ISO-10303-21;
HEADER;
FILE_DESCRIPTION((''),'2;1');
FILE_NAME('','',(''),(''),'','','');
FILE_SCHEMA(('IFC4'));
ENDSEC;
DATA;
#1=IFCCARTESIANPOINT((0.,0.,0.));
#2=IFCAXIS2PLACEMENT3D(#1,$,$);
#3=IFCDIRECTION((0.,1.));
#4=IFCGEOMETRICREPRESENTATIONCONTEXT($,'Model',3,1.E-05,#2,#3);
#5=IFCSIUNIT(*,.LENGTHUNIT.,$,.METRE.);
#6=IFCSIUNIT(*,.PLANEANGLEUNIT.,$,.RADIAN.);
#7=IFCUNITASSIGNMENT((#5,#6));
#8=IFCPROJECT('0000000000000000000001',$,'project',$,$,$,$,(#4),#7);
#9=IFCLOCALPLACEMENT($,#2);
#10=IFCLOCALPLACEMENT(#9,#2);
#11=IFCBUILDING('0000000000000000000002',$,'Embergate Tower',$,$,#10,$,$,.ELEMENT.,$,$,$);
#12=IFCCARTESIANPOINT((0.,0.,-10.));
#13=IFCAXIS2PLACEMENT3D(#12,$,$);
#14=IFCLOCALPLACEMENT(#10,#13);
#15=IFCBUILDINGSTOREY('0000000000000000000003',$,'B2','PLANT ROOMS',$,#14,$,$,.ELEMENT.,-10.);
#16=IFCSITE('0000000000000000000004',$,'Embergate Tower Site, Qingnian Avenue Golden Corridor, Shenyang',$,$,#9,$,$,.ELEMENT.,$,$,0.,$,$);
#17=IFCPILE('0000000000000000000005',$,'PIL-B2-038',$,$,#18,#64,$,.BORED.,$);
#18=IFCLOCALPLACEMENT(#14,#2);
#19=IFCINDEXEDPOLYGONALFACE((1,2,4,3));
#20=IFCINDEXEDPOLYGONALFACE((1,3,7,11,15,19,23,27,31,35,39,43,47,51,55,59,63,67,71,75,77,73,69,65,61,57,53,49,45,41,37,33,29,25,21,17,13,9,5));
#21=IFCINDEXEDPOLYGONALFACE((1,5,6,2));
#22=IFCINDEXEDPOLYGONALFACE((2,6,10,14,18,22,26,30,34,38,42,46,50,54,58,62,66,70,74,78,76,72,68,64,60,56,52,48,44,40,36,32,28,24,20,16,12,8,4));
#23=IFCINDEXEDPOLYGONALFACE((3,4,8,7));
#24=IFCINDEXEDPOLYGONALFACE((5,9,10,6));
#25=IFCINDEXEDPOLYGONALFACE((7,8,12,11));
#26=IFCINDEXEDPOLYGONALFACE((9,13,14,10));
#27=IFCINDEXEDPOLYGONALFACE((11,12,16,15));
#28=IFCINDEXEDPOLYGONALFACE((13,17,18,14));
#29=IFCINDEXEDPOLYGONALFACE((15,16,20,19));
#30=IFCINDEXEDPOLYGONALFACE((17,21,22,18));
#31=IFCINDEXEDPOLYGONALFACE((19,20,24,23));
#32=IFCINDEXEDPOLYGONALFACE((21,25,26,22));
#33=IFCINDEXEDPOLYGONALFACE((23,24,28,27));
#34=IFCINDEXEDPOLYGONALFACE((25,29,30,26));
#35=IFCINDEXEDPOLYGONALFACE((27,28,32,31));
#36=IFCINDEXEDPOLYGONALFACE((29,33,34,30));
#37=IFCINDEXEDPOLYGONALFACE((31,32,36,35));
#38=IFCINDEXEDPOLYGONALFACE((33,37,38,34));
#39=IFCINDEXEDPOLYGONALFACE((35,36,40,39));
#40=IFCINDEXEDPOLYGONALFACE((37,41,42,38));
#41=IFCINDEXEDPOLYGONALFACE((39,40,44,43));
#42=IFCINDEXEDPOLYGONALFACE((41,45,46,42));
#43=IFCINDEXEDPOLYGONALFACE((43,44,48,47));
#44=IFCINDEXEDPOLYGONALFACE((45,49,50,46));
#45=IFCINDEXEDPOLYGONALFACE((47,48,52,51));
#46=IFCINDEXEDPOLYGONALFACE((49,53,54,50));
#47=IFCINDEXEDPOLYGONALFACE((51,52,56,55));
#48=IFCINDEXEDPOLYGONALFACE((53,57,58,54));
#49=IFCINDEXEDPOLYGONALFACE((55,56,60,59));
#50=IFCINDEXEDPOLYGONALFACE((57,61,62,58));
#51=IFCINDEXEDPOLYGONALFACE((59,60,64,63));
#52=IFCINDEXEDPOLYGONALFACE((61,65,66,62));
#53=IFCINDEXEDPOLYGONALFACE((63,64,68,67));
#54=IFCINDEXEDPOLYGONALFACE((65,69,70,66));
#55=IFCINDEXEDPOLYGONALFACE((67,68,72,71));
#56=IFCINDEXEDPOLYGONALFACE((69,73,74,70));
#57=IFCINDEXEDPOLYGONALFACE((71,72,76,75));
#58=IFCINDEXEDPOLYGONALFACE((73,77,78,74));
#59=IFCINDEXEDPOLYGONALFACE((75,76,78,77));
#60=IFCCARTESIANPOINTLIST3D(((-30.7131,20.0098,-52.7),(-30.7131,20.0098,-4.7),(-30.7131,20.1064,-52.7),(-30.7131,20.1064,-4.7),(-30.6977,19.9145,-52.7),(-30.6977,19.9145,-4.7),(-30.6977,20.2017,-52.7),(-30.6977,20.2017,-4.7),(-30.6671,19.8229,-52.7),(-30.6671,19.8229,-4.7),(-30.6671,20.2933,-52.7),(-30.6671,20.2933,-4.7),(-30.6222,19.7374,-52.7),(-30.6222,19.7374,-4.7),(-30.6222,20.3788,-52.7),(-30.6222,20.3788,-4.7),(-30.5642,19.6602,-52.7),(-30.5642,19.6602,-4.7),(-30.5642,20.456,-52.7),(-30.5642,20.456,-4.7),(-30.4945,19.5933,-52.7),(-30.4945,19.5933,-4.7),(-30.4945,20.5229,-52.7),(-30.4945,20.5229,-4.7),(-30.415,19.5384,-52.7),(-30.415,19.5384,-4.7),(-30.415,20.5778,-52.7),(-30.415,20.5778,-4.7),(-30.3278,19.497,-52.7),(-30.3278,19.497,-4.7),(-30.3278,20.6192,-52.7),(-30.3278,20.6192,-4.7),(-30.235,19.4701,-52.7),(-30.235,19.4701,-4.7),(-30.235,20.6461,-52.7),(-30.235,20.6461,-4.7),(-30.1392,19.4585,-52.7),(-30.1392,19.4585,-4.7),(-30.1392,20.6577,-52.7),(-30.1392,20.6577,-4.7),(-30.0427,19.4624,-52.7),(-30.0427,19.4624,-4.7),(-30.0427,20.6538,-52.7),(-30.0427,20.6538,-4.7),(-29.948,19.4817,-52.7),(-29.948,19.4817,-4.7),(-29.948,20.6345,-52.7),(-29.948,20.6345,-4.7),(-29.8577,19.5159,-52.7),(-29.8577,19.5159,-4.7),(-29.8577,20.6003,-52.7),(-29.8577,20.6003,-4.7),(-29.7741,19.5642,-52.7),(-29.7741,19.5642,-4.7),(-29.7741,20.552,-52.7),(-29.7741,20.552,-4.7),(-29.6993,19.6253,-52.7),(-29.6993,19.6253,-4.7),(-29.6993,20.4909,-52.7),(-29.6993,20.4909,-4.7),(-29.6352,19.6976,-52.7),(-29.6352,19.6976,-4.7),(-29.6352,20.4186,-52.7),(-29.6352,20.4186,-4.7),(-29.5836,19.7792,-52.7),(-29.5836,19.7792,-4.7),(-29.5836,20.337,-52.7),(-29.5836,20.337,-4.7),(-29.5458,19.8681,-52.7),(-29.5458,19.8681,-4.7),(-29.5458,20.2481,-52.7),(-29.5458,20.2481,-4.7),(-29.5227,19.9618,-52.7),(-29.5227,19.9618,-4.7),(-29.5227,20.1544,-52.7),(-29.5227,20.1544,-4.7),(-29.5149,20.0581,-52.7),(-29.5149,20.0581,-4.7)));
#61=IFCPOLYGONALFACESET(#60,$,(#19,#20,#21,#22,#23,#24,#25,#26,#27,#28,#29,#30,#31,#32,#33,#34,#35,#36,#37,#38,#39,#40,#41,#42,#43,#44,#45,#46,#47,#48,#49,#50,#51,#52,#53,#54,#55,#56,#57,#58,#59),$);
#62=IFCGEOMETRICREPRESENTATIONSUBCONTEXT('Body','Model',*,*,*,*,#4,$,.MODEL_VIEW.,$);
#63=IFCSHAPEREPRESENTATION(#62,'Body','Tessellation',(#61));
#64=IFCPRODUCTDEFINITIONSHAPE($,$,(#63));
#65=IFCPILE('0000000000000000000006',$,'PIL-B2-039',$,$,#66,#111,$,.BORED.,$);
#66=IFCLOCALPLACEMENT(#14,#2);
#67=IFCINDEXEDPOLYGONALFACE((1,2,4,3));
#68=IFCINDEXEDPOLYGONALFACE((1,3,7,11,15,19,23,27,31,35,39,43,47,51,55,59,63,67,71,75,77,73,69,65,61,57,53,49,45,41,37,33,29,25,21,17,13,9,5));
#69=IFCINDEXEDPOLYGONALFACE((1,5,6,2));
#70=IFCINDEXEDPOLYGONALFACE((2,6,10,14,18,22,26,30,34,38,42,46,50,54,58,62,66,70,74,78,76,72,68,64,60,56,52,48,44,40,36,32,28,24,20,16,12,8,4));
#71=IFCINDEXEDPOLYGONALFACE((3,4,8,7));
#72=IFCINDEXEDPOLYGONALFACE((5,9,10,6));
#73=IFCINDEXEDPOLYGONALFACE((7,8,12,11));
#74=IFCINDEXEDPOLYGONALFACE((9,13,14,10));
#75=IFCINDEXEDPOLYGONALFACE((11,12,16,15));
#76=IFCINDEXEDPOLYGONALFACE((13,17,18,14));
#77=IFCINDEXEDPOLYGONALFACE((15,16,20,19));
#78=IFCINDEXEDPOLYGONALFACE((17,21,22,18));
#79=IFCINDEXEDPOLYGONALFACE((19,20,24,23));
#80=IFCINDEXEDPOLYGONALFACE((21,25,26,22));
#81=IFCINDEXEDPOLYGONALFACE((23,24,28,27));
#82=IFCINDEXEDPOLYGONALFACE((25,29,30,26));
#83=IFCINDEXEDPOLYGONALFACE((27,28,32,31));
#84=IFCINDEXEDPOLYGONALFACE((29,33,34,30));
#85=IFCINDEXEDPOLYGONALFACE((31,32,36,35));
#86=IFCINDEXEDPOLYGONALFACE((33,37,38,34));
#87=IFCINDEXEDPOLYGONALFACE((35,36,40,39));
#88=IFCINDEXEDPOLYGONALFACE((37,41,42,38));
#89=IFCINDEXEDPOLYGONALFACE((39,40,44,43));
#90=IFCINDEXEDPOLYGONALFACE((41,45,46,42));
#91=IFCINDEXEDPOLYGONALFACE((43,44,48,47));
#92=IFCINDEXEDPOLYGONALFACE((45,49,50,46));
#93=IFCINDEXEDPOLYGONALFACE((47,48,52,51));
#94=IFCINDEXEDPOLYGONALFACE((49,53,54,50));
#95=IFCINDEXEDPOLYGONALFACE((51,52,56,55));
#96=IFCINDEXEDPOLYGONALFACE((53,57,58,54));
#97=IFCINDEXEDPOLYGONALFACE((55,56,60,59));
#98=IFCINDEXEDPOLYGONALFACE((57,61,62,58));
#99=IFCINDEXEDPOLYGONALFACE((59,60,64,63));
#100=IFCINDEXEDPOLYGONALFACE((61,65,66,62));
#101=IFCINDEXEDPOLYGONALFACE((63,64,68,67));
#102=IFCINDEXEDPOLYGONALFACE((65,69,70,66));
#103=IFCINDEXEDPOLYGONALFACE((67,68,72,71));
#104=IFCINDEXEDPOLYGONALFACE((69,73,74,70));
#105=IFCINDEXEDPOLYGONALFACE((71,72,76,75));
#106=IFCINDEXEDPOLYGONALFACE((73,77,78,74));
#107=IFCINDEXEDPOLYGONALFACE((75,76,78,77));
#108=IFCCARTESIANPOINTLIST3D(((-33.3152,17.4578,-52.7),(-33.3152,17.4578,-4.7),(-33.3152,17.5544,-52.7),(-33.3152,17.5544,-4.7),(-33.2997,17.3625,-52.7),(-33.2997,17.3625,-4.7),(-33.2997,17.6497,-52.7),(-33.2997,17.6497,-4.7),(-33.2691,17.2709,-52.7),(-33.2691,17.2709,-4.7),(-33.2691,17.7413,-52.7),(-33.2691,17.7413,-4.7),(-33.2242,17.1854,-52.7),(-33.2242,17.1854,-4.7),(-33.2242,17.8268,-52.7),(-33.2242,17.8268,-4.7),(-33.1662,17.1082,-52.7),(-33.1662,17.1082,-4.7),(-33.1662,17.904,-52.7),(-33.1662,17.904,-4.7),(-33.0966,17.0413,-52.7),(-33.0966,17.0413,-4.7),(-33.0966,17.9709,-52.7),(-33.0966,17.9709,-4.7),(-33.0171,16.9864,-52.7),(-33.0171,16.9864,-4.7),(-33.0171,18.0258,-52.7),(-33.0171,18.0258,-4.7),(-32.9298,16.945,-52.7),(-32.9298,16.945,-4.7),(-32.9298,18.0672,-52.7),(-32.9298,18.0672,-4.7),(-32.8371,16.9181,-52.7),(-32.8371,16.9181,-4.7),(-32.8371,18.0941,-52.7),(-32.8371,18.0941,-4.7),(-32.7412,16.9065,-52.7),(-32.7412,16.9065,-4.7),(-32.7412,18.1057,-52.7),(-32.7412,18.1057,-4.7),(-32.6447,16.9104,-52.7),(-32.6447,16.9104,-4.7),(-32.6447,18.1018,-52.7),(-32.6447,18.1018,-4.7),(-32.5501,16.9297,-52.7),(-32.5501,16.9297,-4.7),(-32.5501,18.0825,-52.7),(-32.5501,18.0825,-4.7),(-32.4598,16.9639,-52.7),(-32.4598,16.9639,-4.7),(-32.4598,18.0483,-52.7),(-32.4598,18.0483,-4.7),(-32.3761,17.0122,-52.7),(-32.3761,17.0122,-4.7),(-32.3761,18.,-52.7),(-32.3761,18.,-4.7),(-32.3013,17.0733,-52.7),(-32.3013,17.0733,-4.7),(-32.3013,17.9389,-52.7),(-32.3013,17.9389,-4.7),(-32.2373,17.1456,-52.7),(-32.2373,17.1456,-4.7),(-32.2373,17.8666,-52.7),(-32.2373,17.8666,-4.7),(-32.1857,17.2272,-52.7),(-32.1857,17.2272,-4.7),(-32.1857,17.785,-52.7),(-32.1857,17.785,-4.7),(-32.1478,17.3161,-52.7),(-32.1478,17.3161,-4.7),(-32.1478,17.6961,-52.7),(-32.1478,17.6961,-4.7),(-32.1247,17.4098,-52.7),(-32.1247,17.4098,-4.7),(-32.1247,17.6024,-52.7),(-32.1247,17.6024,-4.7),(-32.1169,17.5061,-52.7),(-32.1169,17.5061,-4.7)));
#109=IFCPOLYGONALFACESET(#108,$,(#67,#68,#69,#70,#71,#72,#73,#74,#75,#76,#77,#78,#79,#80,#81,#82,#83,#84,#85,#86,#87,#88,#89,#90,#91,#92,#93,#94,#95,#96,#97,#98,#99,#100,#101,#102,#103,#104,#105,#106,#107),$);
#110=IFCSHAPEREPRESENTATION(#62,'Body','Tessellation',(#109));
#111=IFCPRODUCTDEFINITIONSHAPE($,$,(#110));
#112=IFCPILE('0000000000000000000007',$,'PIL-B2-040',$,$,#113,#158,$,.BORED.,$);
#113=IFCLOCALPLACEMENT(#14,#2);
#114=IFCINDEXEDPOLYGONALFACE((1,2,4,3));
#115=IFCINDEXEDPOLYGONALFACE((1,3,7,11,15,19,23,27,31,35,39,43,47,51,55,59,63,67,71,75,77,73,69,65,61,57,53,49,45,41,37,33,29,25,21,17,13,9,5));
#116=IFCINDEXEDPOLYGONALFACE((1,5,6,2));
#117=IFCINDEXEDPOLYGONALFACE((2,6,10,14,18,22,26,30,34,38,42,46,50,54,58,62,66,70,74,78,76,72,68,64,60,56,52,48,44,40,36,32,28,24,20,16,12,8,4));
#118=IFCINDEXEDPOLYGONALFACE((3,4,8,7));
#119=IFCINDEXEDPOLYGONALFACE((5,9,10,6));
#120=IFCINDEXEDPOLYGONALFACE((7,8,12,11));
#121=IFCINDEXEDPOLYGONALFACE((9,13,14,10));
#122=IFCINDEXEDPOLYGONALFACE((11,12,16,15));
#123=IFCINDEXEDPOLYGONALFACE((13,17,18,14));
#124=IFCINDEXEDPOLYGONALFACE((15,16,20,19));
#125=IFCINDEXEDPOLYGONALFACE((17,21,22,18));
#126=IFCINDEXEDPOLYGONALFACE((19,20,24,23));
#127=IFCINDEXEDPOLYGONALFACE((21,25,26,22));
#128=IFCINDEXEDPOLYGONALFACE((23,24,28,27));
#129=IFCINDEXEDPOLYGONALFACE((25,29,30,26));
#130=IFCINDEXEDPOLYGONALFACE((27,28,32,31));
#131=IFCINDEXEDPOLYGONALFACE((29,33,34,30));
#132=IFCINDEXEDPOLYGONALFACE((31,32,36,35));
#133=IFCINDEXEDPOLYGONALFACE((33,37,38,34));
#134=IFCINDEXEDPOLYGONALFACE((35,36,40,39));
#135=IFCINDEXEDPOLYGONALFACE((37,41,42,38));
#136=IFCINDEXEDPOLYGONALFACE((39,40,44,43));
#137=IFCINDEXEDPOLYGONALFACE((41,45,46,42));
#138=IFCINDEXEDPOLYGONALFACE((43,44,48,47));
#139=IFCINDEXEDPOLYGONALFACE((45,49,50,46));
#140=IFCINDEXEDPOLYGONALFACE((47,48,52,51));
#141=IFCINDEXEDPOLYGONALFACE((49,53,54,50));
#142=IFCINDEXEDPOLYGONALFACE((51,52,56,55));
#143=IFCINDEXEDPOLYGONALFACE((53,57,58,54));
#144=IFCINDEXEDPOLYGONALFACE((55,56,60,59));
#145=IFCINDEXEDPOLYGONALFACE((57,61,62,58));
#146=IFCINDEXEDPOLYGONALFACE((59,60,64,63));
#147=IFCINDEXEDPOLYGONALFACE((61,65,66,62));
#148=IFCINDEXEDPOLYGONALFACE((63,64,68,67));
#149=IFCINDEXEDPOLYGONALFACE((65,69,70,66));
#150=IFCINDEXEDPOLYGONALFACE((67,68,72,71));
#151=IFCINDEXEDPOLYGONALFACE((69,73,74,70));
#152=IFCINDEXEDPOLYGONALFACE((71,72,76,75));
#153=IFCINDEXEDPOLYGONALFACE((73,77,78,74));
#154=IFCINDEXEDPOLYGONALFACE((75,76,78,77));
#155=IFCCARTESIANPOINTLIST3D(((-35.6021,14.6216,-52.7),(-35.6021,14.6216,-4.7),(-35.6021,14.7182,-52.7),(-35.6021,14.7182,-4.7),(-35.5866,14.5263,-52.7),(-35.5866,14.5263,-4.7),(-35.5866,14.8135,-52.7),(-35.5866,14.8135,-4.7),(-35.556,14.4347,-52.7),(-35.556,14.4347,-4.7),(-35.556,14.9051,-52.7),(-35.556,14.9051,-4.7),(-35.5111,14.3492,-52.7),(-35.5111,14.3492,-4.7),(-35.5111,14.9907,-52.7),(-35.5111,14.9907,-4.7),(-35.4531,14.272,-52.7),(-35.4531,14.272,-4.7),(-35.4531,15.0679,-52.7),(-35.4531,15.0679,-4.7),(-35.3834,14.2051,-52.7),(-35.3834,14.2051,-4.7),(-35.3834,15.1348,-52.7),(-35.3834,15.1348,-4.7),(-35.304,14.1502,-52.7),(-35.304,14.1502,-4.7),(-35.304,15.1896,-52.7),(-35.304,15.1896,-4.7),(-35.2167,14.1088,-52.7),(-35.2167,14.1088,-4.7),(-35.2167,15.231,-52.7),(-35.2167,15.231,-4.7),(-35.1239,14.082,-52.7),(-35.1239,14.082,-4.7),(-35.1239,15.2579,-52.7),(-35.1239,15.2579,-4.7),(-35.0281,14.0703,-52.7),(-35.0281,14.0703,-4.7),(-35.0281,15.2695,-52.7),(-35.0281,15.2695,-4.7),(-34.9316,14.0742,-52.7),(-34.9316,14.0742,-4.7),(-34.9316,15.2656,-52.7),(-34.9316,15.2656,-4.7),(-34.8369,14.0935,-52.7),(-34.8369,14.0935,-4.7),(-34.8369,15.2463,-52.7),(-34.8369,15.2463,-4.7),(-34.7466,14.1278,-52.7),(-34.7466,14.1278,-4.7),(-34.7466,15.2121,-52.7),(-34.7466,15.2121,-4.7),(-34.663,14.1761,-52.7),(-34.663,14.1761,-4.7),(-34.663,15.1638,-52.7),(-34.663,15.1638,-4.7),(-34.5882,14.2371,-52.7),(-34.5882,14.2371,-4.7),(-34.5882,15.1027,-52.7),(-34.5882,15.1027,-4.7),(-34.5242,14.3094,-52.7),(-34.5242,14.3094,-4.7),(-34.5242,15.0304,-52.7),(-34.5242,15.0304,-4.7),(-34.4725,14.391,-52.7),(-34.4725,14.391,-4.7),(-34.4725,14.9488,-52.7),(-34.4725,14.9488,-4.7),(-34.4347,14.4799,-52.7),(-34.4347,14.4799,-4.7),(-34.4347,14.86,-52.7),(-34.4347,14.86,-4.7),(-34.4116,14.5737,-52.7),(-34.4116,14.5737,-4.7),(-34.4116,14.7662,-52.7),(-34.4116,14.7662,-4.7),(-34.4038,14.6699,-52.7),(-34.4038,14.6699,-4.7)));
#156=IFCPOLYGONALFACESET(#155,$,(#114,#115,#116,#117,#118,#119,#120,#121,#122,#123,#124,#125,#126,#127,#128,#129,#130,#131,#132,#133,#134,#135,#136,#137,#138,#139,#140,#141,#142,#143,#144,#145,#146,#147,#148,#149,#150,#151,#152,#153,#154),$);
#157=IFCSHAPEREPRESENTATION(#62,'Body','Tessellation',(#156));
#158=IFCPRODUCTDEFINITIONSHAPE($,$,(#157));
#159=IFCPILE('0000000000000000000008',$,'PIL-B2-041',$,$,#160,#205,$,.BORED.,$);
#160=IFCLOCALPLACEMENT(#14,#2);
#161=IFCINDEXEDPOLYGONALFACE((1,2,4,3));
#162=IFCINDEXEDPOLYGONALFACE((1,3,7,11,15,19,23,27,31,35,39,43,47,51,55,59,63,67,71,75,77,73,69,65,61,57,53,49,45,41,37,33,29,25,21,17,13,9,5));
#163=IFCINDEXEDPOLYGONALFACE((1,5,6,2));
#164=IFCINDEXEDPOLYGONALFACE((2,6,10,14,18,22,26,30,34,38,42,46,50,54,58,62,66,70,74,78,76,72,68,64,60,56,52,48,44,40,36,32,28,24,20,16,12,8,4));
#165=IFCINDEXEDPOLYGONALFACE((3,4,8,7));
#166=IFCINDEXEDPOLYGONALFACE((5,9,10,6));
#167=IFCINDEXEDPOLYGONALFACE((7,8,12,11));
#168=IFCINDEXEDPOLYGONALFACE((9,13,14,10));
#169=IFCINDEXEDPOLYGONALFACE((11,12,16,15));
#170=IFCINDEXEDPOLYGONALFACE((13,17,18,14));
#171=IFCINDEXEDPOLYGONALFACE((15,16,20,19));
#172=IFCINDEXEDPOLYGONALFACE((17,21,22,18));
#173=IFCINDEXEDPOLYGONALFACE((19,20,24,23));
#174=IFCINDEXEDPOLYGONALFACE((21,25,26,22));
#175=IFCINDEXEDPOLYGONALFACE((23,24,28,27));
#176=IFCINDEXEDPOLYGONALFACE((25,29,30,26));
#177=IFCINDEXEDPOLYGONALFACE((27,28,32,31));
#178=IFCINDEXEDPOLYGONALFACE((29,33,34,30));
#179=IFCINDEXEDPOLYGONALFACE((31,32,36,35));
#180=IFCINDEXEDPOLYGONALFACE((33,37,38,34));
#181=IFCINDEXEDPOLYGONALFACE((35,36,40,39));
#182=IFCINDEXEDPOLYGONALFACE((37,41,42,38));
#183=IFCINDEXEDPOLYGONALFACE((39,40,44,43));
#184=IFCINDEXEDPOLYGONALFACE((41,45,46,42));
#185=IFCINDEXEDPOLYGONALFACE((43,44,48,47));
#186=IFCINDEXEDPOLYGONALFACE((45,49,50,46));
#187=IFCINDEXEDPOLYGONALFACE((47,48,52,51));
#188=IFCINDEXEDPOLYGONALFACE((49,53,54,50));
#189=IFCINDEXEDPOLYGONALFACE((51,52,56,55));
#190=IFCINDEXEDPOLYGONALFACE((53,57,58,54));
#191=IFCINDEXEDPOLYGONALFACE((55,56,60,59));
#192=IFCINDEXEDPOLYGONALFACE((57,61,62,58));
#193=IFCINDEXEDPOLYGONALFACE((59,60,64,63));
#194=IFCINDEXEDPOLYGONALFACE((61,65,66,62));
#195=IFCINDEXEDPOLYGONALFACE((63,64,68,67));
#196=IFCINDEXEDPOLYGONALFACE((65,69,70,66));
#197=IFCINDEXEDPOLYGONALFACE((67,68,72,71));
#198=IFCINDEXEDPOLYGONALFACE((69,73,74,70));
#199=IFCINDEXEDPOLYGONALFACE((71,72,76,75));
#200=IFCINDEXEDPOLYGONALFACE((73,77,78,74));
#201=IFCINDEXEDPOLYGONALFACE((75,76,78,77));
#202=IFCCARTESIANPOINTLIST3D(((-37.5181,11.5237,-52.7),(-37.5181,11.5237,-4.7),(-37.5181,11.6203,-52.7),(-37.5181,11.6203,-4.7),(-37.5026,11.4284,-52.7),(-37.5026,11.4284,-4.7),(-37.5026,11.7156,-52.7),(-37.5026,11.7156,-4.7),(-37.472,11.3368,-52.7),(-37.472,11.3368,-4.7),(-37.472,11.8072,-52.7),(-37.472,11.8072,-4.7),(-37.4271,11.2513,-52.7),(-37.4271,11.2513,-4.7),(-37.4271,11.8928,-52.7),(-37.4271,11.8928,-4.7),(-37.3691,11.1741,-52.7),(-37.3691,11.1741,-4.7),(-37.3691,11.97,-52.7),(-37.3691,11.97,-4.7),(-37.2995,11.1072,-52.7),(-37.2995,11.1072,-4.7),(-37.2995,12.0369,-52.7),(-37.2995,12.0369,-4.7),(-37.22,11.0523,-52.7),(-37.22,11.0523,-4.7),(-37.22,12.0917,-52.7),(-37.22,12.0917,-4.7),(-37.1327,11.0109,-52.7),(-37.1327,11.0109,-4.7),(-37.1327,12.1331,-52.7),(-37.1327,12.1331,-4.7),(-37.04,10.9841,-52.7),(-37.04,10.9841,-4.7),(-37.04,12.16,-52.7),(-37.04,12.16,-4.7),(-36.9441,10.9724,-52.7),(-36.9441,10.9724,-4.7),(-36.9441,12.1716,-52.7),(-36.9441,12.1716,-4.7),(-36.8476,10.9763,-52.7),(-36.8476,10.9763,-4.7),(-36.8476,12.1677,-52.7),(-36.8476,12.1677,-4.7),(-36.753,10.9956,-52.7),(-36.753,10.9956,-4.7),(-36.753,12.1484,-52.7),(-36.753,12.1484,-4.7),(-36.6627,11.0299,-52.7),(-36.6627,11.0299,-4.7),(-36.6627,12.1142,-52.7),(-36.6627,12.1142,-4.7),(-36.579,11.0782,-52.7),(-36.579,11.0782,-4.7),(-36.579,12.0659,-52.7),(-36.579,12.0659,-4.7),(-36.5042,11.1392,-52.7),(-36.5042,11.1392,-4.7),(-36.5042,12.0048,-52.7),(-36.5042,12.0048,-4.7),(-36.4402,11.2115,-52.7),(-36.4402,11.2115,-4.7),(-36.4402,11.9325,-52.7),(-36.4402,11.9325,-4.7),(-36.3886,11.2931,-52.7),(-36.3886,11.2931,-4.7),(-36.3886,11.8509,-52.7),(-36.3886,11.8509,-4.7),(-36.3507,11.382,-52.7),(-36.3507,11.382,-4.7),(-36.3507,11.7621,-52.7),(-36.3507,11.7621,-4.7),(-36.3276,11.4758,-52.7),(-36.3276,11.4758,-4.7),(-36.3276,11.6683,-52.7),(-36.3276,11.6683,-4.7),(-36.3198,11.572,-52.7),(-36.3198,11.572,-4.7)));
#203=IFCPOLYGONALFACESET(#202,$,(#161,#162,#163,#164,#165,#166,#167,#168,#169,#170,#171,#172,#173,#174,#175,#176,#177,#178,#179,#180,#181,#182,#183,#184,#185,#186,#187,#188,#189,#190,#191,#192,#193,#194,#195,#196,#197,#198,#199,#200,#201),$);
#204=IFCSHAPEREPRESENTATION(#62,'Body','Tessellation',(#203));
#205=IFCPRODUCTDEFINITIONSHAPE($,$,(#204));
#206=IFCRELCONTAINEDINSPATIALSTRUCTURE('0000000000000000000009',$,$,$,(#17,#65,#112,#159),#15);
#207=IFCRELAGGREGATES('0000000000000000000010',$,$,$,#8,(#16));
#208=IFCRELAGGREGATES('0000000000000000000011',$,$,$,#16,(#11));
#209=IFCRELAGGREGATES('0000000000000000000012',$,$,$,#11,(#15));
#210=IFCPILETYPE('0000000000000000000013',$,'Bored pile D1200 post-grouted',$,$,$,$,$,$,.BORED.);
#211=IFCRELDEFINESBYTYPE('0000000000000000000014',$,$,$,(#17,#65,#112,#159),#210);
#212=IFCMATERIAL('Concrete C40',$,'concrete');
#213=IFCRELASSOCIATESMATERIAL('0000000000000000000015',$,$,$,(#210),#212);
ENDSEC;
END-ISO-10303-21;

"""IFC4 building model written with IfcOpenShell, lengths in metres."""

from ifc_helpers import new_model, si_unit, direction, frame, origin, origin_2d, place, context, subcontext, project, spatial, circle, extrude, source, transform, mapped, material, material_profile, profile_set, type_object, element, save


model = new_model("IFC4")

# Units and contexts
model_context = context("Model", 3, precision=1e-05, world=origin(), true_north=direction((0.0, 1.0)))
body_context = subcontext(model_context, "Body", "Model", "MODEL_VIEW")
ifc_project = project(units=[si_unit("LENGTHUNIT", "METRE"), si_unit("PLANEANGLEUNIT", "RADIAN")], contexts=[model_context])

# Site, building, storey
site_placement = place(None, origin())
site = spatial("IfcSite", under=ifc_project, at=site_placement, Name="Embergate Tower Site, Qingnian Avenue Golden Corridor, Shenyang", CompositionType="ELEMENT", RefElevation=0.0)
building_placement = place(site_placement, origin())
building = spatial("IfcBuilding", under=site, at=building_placement, Name="Embergate Tower", CompositionType="ELEMENT")
storey_placement = place(building_placement, frame((0.0, 0.0, -10.0)))
storey = spatial("IfcBuildingStorey", under=building, at=storey_placement, Name="B2", Description="PLANT ROOMS", CompositionType="ELEMENT", Elevation=-10.0)

# Piles
ifc_material_1 = material(Name="Concrete C40", Category="concrete")
ifc_material_profile_1 = material_profile(ifc_material_1, circle(Radius=0.6001, at=origin_2d()), Name="D1200")
ifc_profile_set_1 = profile_set([ifc_material_profile_1], Name="Concrete C40")
pile_type = type_object("IfcPileType", Name="Bored pile D1200 post-grouted", PredefinedType="BORED", material=ifc_profile_set_1)
shared_shape_1 = source(origin(), body_context, "Body", "SweptSolid", [
    extrude(circle(Radius=0.6001, at=origin_2d()), origin(), (0.0, 0.0, 1.0), 48.0),
])
for number, where, z_axis, x_axis, name in (
    (1, (-30.115, 20.0581, -4.7), (0.0, 0.0, -1.0), (1.0, 0.0, 0.0), "PIL-B2-038"),
    (2, (-32.717, 17.5061, -4.7), (0.0, 0.0, -1.0), (1.0, 0.0, 0.0), "PIL-B2-039"),
    (3, (-35.0039, 14.6699, -4.7), (0.0, 0.0, -1.0), (1.0, 0.0, 0.0), "PIL-B2-040"),
    (4, (-36.9199, 11.572, -4.7), (0.0, 0.0, -1.0), (1.0, 0.0, 0.0), "PIL-B2-041"),
):
    element("IfcPile", number, at=place(storey_placement, frame(where, z_axis=z_axis, x_axis=x_axis)), inside=storey, type_object=pile_type, Name=name, PredefinedType="BORED", context=body_context, shape_type="MappedRepresentation", body=[
        mapped(shared_shape_1, transform((0.0, 0.0, 0.0))),
    ])

save(model, "model.ifc")
